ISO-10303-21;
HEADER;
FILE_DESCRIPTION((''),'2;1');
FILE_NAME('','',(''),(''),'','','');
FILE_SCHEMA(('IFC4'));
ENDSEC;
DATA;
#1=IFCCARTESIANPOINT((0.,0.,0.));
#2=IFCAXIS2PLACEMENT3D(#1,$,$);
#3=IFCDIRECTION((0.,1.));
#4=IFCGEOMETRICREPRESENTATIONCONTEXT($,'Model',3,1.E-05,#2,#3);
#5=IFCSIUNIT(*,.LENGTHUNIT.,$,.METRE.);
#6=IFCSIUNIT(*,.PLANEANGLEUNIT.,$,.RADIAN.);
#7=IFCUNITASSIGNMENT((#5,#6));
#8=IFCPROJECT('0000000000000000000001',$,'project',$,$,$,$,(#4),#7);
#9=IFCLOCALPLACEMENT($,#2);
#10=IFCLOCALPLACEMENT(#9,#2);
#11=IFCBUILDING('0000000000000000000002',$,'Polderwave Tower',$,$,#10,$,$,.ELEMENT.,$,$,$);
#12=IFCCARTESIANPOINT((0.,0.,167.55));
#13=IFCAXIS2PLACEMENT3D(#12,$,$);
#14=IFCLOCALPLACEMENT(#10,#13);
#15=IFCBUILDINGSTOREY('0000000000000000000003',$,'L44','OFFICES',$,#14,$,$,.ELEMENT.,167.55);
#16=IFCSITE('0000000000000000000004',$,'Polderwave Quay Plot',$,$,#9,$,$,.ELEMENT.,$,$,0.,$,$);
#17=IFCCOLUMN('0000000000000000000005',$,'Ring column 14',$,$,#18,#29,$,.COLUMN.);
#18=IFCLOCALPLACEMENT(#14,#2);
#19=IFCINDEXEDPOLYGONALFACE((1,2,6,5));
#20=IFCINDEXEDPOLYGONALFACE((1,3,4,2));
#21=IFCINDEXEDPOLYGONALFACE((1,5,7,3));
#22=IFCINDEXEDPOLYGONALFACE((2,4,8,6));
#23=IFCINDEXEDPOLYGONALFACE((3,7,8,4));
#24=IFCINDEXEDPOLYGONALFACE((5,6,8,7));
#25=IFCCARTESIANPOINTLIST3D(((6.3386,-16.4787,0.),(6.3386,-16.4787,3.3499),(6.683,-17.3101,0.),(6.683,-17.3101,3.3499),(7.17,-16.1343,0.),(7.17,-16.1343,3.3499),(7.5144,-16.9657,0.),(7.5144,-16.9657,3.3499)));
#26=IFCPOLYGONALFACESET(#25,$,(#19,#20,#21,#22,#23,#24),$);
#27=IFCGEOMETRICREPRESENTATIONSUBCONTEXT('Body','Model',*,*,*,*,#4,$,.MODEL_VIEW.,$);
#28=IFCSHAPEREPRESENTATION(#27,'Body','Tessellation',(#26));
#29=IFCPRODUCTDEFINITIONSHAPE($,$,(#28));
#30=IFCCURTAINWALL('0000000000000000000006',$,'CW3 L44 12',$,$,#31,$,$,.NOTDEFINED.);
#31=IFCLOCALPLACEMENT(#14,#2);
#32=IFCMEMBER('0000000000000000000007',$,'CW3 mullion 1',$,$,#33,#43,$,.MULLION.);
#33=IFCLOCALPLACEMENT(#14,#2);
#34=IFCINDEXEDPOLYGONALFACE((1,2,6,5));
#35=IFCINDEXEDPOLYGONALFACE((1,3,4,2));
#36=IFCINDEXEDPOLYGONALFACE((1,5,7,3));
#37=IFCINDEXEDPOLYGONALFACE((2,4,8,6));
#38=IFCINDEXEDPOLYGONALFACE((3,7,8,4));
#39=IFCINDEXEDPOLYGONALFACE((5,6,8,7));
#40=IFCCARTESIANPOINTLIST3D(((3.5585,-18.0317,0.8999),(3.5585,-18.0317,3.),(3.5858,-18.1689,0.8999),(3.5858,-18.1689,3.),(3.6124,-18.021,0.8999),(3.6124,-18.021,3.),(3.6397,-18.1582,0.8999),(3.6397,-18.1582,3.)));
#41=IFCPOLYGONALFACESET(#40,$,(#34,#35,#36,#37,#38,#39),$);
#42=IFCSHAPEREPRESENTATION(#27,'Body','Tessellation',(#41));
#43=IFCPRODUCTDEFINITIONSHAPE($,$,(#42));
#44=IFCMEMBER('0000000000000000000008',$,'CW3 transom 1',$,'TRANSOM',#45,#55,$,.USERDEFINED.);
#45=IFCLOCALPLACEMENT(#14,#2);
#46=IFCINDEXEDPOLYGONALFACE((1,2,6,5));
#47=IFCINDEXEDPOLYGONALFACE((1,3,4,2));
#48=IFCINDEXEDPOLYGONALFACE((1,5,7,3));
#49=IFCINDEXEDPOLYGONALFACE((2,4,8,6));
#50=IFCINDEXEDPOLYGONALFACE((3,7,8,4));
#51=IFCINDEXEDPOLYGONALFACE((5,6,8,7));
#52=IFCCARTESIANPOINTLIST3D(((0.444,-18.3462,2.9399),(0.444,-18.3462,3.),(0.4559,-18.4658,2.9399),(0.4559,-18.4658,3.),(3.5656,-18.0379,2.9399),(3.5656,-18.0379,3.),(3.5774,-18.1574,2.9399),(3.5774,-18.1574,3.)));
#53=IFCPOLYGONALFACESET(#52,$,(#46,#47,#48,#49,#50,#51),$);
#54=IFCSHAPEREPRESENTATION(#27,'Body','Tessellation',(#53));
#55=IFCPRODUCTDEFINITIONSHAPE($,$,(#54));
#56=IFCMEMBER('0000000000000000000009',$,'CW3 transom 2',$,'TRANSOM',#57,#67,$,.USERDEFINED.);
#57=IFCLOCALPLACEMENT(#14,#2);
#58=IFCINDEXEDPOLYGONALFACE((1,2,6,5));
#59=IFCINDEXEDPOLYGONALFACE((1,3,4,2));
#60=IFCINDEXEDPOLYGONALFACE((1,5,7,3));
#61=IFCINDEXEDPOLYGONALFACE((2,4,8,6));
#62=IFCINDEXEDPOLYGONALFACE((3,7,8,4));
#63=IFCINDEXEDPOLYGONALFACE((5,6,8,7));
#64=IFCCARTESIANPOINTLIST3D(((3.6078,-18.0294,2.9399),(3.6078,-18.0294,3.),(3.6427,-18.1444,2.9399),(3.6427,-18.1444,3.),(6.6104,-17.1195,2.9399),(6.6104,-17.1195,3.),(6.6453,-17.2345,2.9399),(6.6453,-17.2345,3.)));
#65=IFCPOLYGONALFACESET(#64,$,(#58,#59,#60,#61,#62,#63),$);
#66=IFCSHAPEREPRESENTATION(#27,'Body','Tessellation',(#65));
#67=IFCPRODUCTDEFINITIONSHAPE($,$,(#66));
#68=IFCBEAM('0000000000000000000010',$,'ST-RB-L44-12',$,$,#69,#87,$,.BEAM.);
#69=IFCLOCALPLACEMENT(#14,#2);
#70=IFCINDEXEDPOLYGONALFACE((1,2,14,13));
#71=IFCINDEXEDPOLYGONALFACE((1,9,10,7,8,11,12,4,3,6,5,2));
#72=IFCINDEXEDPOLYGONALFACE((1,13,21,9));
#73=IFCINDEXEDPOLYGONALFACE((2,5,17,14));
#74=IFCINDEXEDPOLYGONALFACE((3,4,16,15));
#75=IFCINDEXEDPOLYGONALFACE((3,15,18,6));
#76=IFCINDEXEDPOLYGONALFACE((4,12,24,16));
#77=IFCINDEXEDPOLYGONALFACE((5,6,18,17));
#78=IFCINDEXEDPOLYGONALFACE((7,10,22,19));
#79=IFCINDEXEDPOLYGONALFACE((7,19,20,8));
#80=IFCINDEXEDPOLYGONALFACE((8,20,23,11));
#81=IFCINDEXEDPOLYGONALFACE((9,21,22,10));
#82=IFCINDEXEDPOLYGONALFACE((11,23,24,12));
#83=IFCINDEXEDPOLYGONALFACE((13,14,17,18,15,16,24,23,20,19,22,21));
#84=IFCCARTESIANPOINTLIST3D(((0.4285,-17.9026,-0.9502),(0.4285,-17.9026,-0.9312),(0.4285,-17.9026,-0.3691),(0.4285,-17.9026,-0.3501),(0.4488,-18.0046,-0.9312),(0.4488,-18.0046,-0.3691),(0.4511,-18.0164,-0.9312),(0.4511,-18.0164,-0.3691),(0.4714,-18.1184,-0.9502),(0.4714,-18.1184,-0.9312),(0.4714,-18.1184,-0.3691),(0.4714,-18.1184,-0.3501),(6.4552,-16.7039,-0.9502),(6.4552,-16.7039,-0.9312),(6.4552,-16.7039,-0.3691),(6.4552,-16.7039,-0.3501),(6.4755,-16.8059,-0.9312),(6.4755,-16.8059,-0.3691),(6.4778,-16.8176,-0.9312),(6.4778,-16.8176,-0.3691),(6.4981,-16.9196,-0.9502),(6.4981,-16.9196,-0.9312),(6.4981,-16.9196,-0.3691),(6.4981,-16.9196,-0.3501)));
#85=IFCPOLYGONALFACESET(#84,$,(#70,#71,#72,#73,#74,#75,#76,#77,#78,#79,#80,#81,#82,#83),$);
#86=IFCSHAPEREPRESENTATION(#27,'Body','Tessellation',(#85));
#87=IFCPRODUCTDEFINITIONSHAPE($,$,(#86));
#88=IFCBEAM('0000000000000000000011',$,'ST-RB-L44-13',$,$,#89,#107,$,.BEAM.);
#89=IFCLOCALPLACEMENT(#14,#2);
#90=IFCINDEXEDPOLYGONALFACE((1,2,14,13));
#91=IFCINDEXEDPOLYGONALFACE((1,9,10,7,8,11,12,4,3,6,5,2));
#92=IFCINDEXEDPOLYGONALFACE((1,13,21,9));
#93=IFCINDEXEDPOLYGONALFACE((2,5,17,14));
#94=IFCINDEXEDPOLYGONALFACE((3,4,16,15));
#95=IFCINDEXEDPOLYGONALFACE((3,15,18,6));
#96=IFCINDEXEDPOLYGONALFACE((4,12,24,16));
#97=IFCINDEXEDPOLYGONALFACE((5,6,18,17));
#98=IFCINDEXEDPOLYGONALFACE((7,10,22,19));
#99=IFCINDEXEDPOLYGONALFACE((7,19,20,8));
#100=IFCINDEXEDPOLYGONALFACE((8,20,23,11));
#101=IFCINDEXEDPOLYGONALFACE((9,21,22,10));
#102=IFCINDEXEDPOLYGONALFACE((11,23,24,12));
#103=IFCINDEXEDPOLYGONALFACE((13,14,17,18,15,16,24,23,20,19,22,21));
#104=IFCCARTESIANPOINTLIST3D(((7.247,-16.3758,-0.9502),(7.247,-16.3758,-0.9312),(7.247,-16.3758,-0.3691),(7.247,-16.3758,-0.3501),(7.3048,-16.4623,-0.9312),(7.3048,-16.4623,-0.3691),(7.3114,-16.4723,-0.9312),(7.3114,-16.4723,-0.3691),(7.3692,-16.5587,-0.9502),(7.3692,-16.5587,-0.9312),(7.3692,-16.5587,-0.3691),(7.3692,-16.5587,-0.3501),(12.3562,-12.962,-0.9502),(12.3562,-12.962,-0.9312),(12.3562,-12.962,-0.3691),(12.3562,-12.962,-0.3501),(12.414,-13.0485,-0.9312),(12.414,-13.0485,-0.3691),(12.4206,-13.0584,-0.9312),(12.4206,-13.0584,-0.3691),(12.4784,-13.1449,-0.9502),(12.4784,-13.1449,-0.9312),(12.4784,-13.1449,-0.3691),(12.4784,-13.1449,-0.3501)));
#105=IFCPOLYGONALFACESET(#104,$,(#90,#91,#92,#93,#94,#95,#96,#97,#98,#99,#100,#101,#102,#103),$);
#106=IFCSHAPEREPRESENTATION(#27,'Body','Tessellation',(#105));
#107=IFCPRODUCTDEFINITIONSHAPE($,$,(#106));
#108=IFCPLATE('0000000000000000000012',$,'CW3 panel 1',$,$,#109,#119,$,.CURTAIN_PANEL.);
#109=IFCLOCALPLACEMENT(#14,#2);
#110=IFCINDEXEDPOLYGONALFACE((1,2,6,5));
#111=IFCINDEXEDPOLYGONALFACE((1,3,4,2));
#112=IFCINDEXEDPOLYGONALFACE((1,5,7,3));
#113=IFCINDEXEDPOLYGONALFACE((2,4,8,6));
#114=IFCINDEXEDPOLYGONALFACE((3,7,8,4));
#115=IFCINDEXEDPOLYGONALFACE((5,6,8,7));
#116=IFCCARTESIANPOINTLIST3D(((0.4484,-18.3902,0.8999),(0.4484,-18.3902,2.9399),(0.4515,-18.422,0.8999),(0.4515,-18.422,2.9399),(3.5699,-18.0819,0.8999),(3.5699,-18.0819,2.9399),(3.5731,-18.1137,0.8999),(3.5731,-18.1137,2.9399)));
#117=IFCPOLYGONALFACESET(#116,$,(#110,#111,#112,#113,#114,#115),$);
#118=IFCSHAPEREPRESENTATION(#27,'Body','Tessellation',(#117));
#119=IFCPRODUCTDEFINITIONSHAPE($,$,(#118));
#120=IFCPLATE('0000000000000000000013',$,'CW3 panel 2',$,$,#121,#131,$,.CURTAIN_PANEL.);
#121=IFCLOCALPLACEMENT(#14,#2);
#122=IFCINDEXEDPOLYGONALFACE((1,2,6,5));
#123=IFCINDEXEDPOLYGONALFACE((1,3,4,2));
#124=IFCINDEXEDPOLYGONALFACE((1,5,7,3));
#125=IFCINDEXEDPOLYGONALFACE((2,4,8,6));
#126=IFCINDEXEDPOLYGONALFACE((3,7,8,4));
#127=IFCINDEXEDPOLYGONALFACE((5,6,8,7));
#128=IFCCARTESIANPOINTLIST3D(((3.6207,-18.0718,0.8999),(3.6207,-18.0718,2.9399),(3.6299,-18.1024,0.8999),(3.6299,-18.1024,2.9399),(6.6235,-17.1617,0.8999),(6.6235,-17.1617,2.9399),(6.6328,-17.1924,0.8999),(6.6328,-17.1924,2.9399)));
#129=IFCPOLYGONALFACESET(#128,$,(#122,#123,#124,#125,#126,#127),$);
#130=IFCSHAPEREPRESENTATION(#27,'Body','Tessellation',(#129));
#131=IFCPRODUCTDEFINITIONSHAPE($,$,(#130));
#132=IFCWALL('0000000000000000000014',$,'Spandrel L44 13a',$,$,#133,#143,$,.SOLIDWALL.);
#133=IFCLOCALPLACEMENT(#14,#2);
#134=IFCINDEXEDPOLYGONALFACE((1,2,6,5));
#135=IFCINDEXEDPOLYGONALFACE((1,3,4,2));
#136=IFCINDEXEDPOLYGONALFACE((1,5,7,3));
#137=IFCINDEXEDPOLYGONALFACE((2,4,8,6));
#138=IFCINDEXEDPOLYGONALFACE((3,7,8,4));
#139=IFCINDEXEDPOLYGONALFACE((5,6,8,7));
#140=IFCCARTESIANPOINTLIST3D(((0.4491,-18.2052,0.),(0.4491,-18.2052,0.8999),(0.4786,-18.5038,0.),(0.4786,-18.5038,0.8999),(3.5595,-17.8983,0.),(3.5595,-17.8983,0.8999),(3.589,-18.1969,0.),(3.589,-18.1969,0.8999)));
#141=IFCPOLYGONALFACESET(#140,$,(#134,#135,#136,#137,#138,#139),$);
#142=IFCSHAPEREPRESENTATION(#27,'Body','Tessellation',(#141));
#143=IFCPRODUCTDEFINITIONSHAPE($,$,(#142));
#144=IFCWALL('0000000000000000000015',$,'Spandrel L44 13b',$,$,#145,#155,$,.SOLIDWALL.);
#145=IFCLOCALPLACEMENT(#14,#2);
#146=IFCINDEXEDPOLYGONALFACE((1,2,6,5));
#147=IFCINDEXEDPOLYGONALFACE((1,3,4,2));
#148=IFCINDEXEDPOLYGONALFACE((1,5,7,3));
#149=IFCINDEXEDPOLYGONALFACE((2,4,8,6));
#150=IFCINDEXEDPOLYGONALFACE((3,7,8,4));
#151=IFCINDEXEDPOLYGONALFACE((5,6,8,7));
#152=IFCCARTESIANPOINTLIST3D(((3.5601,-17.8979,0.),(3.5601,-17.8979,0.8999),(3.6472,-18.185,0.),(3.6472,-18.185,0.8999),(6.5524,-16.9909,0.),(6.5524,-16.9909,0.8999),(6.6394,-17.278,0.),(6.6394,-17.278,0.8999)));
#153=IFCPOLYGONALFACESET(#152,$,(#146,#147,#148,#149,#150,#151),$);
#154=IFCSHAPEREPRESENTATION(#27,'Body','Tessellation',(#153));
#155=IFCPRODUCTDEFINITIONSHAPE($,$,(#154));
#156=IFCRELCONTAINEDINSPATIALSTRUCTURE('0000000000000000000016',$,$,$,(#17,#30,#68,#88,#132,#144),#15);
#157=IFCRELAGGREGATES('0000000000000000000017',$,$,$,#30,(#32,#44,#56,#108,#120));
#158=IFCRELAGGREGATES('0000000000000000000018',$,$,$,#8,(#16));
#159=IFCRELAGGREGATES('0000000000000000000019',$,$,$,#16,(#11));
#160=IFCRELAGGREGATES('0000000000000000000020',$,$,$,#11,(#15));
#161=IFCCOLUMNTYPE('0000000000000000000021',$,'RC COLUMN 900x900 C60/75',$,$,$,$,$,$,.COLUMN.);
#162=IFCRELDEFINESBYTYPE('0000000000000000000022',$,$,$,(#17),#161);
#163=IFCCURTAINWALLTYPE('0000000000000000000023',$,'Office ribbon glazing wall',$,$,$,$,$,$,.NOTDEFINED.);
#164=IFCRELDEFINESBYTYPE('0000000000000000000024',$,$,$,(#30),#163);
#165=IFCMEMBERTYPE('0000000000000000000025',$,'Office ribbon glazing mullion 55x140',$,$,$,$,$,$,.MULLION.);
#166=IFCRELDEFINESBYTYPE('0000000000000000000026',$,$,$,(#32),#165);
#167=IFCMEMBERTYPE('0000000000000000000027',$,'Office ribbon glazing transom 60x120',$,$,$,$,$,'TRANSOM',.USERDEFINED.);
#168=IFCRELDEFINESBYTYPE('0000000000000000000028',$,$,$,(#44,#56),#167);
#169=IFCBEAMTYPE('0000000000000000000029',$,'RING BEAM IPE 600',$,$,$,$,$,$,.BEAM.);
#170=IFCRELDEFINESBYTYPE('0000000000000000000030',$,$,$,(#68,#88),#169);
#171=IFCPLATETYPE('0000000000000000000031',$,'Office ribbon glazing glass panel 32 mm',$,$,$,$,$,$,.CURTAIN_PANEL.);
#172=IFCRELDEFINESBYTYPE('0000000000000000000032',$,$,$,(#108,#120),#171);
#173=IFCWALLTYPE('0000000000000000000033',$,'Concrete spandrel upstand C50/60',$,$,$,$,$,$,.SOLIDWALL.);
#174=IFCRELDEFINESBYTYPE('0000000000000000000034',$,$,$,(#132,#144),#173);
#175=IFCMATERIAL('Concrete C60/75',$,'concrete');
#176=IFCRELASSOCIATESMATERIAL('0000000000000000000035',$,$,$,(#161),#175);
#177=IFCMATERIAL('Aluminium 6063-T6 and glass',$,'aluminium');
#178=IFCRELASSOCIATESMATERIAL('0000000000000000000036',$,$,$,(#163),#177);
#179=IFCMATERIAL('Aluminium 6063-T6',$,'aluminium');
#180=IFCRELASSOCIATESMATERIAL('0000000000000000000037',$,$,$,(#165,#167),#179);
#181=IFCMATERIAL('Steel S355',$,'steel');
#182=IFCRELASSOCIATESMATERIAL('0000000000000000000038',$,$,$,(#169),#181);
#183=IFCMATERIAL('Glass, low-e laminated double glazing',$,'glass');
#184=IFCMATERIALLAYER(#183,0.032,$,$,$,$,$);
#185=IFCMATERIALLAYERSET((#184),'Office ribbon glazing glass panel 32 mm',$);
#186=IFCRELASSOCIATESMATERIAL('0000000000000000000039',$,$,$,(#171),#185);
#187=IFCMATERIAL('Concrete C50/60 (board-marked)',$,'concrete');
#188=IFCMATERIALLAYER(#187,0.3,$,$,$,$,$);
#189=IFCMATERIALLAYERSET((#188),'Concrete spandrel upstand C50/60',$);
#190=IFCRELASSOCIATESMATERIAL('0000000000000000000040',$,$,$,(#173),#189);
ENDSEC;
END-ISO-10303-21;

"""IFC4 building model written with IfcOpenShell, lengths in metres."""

from ifc_helpers import new_model, si_unit, direction, frame, frame_2d, origin, origin_2d, place, context, subcontext, project, spatial, rectangle, i_section, extrude, material, layer, layer_set, material_profile, profile_set, type_object, element, aggregate, save


model = new_model("IFC4")

# Units and contexts
model_context = context("Model", 3, precision=1e-05, world=origin(), true_north=direction((0.0, 1.0)))
body_context = subcontext(model_context, "Body", "Model", "MODEL_VIEW")
ifc_project = project(units=[si_unit("LENGTHUNIT", "METRE"), si_unit("PLANEANGLEUNIT", "RADIAN")], contexts=[model_context])

# Site, building, storey
site_placement = place(None, origin())
site = spatial("IfcSite", under=ifc_project, at=site_placement, Name="Polderwave Quay Plot", CompositionType="ELEMENT", RefElevation=0.0)
building_placement = place(site_placement, origin())
building = spatial("IfcBuilding", under=site, at=building_placement, Name="Polderwave Tower", CompositionType="ELEMENT")
storey_placement = place(building_placement, frame((0.0, 0.0, 167.55)))
storey = spatial("IfcBuildingStorey", under=building, at=storey_placement, Name="L44", Description="OFFICES", CompositionType="ELEMENT", Elevation=167.55)

# Column
ifc_material_1 = material(Name="Concrete C60/75", Category="concrete")
ifc_material_profile_1 = material_profile(ifc_material_1, rectangle(XDim=0.8999, YDim=0.8999, at=origin_2d()), Name="RC 900x900")
ifc_profile_set_1 = profile_set([ifc_material_profile_1], Name="Concrete C60/75")
column_type = type_object("IfcColumnType", Name="RC COLUMN 900x900 C60/75", PredefinedType="COLUMN", material=ifc_profile_set_1)
column_placement = place(storey_placement, frame((6.9265, -16.7222, 0.0), z_axis=(0.0, 0.0, 1.0), x_axis=(0.382683, -0.92388, 0.0)))
element("IfcColumn", 1, at=column_placement, inside=storey, type_object=column_type, Name="Ring column 14", PredefinedType="COLUMN", context=body_context, shape_type="SweptSolid", body=[
    extrude(rectangle(XDim=0.8999, YDim=0.8999, at=origin_2d()), origin(), (0.0, 0.0, 1.0), 3.3499),
])

# Curtain wall, members
ifc_material_2 = material(Name="Aluminium 6063-T6 and glass", Category="aluminium")
curtain_wall_type = type_object("IfcCurtainWallType", Name="Office ribbon glazing wall", PredefinedType="NOTDEFINED", material=ifc_material_2)
curtain_wall_placement = place(storey_placement, origin())
curtain_wall = element("IfcCurtainWall", 2, at=curtain_wall_placement, inside=storey, type_object=curtain_wall_type, Name="CW3 L44 12", PredefinedType="NOTDEFINED")
ifc_material_3 = material(Name="Aluminium 6063-T6", Category="aluminium")
ifc_material_profile_2 = material_profile(ifc_material_3, rectangle(XDim=0.1399, YDim=0.0549, at=origin_2d()), Name="AL 55x140")
ifc_profile_set_2 = profile_set([ifc_material_profile_2], Name="Aluminium 6063-T6")
member_type_1 = type_object("IfcMemberType", Name="Office ribbon glazing mullion 55x140", PredefinedType="MULLION", material=ifc_profile_set_2)
member_1_placement = place(storey_placement, frame((3.5991, -18.095, 0.8999), z_axis=(0.0, 0.0, 1.0), x_axis=(-0.195097, 0.980784, 0.0)))
member_1 = element("IfcMember", 3, at=member_1_placement, type_object=member_type_1, Name="CW3 mullion 1", PredefinedType="MULLION", context=body_context, shape_type="SweptSolid", body=[
    extrude(rectangle(XDim=0.1399, YDim=0.0549, at=origin_2d()), origin(), (0.0, 0.0, 1.0), 2.1001),
])
ifc_material_profile_3 = material_profile(ifc_material_3, rectangle(XDim=0.1201, YDim=0.0601, at=origin_2d()), Name="AL 60x120")
ifc_profile_set_3 = profile_set([ifc_material_profile_3], Name="Aluminium 6063-T6")
member_type_2 = type_object("IfcMemberType", Name="Office ribbon glazing transom 60x120", ElementType="TRANSOM", PredefinedType="USERDEFINED", material=ifc_profile_set_3)
member_2_placement = place(storey_placement, frame((0.45, -18.406, 2.97), z_axis=(0.995157, 0.098301, 0.0), x_axis=(-0.098301, 0.995157, 0.0)))
member_2 = element("IfcMember", 4, at=member_2_placement, type_object=member_type_2, Name="CW3 transom 1", ObjectType="TRANSOM", PredefinedType="USERDEFINED", context=body_context, shape_type="SweptSolid", body=[
    extrude(rectangle(XDim=0.1201, YDim=0.0601, at=origin_2d()), origin(), (0.0, 0.0, 1.0), 3.1367),
])
member_3_placement = place(storey_placement, frame((3.6252, -18.0869, 2.97), z_axis=(0.957024, 0.29001, 0.0), x_axis=(-0.29001, 0.957024, 0.0)))
member_3 = element("IfcMember", 5, at=member_3_placement, type_object=member_type_2, Name="CW3 transom 2", ObjectType="TRANSOM", PredefinedType="USERDEFINED", context=body_context, shape_type="SweptSolid", body=[
    extrude(rectangle(XDim=0.1201, YDim=0.0601, at=origin_2d()), origin(), (0.0, 0.0, 1.0), 3.1375),
])

# Beams
ifc_material_4 = material(Name="Steel S355", Category="steel")
ifc_material_profile_4 = material_profile(ifc_material_4, i_section(OverallWidth=0.22, OverallDepth=0.6001, WebThickness=0.012, FlangeThickness=0.019, at=origin_2d()), Name="IPE 600")
ifc_profile_set_4 = profile_set([ifc_material_profile_4], Name="Steel S355")
beam_type = type_object("IfcBeamType", Name="RING BEAM IPE 600", PredefinedType="BEAM", material=ifc_profile_set_4)
for number, where, z_axis, x_axis, name in (
    (6, (0.45, -18.0105, -0.6501), (0.980786, 0.195085, 0.0), (-0.195085, 0.980786, 0.0), "ST-RB-L44-12"),
    (7, (7.3081, -16.4673, -0.6501), (0.831469, 0.555571, 0.0), (-0.555571, 0.831469, 0.0), "ST-RB-L44-13"),
):
    element("IfcBeam", number, at=place(storey_placement, frame(where, z_axis=z_axis, x_axis=x_axis)), inside=storey, type_object=beam_type, Name=name, PredefinedType="BEAM", context=body_context, shape_type="SweptSolid", body=[
        extrude(i_section(OverallWidth=0.22, OverallDepth=0.6001, WebThickness=0.012, FlangeThickness=0.019, at=origin_2d()), origin(), (0.0, 0.0, 1.0), 6.1448),
    ])

# Plates
ifc_material_5 = material(Name="Glass, low-e laminated double glazing", Category="glass")
ifc_layer_1 = layer(ifc_material_5, 0.032)
ifc_layer_set_1 = layer_set([ifc_layer_1], Name="Office ribbon glazing glass panel 32 mm")
plate_type = type_object("IfcPlateType", Name="Office ribbon glazing glass panel 32 mm", PredefinedType="CURTAIN_PANEL", material=ifc_layer_set_1)
plate_1_placement = place(storey_placement, frame((2.0107, -18.252, 0.8999), z_axis=(0.0, 0.0, 1.0), x_axis=(0.995159, 0.098283, 0.0)))
plate_1 = element("IfcPlate", 8, at=plate_1_placement, type_object=plate_type, Name="CW3 panel 1", PredefinedType="CURTAIN_PANEL", context=body_context, shape_type="SweptSolid", body=[
    extrude(rectangle(XDim=3.1367, YDim=0.032, at=origin_2d()), origin(), (0.0, 0.0, 1.0), 2.04),
])
plate_2_placement = place(storey_placement, frame((5.1267, -17.6321, 0.8999), z_axis=(0.0, 0.0, 1.0), x_axis=(0.957014, 0.290042, 0.0)))
plate_2 = element("IfcPlate", 9, at=plate_2_placement, type_object=plate_type, Name="CW3 panel 2", PredefinedType="CURTAIN_PANEL", context=body_context, shape_type="SweptSolid", body=[
    extrude(rectangle(XDim=3.1377, YDim=0.032, at=origin_2d()), origin(), (0.0, 0.0, 1.0), 2.04),
])
aggregate(curtain_wall, [member_1, member_2, member_3, plate_1, plate_2])

# Walls
ifc_material_6 = material(Name="Concrete C50/60 (board-marked)", Category="concrete")
ifc_layer_2 = layer(ifc_material_6, 0.3)
ifc_layer_set_2 = layer_set([ifc_layer_2], Name="Concrete spandrel upstand C50/60")
wall_type_1 = type_object("IfcWallType", Name="Concrete spandrel upstand C50/60", PredefinedType="SOLIDWALL", material=ifc_layer_set_2)
wall_1_placement = place(storey_placement, frame((0.4639, -18.3545, 0.0), z_axis=(0.0, 0.0, 1.0), x_axis=(0.995168, 0.098189, 0.0)))
element("IfcWall", 10, at=wall_1_placement, inside=storey, type_object=wall_type_1, Name="Spandrel L44 13a", PredefinedType="SOLIDWALL", context=body_context, shape_type="SweptSolid", body=[
    extrude(rectangle(XDim=3.1255, YDim=0.3, at=frame_2d((1.5627, 0.0))), origin(), (0.0, 0.0, 1.0), 0.8999),
])
wall_2_placement = place(storey_placement, frame((3.6035, -18.0415, 0.0), z_axis=(0.0, 0.0, 1.0), x_axis=(0.957001, 0.290083, 0.0)))
element("IfcWall", 11, at=wall_2_placement, inside=storey, type_object=wall_type_1, Name="Spandrel L44 13b", PredefinedType="SOLIDWALL", context=body_context, shape_type="SweptSolid", body=[
    extrude(rectangle(XDim=3.1267, YDim=0.3, at=frame_2d((1.5635, 0.0))), origin(), (0.0, 0.0, 1.0), 0.8999),
])

save(model, "model.ifc")
